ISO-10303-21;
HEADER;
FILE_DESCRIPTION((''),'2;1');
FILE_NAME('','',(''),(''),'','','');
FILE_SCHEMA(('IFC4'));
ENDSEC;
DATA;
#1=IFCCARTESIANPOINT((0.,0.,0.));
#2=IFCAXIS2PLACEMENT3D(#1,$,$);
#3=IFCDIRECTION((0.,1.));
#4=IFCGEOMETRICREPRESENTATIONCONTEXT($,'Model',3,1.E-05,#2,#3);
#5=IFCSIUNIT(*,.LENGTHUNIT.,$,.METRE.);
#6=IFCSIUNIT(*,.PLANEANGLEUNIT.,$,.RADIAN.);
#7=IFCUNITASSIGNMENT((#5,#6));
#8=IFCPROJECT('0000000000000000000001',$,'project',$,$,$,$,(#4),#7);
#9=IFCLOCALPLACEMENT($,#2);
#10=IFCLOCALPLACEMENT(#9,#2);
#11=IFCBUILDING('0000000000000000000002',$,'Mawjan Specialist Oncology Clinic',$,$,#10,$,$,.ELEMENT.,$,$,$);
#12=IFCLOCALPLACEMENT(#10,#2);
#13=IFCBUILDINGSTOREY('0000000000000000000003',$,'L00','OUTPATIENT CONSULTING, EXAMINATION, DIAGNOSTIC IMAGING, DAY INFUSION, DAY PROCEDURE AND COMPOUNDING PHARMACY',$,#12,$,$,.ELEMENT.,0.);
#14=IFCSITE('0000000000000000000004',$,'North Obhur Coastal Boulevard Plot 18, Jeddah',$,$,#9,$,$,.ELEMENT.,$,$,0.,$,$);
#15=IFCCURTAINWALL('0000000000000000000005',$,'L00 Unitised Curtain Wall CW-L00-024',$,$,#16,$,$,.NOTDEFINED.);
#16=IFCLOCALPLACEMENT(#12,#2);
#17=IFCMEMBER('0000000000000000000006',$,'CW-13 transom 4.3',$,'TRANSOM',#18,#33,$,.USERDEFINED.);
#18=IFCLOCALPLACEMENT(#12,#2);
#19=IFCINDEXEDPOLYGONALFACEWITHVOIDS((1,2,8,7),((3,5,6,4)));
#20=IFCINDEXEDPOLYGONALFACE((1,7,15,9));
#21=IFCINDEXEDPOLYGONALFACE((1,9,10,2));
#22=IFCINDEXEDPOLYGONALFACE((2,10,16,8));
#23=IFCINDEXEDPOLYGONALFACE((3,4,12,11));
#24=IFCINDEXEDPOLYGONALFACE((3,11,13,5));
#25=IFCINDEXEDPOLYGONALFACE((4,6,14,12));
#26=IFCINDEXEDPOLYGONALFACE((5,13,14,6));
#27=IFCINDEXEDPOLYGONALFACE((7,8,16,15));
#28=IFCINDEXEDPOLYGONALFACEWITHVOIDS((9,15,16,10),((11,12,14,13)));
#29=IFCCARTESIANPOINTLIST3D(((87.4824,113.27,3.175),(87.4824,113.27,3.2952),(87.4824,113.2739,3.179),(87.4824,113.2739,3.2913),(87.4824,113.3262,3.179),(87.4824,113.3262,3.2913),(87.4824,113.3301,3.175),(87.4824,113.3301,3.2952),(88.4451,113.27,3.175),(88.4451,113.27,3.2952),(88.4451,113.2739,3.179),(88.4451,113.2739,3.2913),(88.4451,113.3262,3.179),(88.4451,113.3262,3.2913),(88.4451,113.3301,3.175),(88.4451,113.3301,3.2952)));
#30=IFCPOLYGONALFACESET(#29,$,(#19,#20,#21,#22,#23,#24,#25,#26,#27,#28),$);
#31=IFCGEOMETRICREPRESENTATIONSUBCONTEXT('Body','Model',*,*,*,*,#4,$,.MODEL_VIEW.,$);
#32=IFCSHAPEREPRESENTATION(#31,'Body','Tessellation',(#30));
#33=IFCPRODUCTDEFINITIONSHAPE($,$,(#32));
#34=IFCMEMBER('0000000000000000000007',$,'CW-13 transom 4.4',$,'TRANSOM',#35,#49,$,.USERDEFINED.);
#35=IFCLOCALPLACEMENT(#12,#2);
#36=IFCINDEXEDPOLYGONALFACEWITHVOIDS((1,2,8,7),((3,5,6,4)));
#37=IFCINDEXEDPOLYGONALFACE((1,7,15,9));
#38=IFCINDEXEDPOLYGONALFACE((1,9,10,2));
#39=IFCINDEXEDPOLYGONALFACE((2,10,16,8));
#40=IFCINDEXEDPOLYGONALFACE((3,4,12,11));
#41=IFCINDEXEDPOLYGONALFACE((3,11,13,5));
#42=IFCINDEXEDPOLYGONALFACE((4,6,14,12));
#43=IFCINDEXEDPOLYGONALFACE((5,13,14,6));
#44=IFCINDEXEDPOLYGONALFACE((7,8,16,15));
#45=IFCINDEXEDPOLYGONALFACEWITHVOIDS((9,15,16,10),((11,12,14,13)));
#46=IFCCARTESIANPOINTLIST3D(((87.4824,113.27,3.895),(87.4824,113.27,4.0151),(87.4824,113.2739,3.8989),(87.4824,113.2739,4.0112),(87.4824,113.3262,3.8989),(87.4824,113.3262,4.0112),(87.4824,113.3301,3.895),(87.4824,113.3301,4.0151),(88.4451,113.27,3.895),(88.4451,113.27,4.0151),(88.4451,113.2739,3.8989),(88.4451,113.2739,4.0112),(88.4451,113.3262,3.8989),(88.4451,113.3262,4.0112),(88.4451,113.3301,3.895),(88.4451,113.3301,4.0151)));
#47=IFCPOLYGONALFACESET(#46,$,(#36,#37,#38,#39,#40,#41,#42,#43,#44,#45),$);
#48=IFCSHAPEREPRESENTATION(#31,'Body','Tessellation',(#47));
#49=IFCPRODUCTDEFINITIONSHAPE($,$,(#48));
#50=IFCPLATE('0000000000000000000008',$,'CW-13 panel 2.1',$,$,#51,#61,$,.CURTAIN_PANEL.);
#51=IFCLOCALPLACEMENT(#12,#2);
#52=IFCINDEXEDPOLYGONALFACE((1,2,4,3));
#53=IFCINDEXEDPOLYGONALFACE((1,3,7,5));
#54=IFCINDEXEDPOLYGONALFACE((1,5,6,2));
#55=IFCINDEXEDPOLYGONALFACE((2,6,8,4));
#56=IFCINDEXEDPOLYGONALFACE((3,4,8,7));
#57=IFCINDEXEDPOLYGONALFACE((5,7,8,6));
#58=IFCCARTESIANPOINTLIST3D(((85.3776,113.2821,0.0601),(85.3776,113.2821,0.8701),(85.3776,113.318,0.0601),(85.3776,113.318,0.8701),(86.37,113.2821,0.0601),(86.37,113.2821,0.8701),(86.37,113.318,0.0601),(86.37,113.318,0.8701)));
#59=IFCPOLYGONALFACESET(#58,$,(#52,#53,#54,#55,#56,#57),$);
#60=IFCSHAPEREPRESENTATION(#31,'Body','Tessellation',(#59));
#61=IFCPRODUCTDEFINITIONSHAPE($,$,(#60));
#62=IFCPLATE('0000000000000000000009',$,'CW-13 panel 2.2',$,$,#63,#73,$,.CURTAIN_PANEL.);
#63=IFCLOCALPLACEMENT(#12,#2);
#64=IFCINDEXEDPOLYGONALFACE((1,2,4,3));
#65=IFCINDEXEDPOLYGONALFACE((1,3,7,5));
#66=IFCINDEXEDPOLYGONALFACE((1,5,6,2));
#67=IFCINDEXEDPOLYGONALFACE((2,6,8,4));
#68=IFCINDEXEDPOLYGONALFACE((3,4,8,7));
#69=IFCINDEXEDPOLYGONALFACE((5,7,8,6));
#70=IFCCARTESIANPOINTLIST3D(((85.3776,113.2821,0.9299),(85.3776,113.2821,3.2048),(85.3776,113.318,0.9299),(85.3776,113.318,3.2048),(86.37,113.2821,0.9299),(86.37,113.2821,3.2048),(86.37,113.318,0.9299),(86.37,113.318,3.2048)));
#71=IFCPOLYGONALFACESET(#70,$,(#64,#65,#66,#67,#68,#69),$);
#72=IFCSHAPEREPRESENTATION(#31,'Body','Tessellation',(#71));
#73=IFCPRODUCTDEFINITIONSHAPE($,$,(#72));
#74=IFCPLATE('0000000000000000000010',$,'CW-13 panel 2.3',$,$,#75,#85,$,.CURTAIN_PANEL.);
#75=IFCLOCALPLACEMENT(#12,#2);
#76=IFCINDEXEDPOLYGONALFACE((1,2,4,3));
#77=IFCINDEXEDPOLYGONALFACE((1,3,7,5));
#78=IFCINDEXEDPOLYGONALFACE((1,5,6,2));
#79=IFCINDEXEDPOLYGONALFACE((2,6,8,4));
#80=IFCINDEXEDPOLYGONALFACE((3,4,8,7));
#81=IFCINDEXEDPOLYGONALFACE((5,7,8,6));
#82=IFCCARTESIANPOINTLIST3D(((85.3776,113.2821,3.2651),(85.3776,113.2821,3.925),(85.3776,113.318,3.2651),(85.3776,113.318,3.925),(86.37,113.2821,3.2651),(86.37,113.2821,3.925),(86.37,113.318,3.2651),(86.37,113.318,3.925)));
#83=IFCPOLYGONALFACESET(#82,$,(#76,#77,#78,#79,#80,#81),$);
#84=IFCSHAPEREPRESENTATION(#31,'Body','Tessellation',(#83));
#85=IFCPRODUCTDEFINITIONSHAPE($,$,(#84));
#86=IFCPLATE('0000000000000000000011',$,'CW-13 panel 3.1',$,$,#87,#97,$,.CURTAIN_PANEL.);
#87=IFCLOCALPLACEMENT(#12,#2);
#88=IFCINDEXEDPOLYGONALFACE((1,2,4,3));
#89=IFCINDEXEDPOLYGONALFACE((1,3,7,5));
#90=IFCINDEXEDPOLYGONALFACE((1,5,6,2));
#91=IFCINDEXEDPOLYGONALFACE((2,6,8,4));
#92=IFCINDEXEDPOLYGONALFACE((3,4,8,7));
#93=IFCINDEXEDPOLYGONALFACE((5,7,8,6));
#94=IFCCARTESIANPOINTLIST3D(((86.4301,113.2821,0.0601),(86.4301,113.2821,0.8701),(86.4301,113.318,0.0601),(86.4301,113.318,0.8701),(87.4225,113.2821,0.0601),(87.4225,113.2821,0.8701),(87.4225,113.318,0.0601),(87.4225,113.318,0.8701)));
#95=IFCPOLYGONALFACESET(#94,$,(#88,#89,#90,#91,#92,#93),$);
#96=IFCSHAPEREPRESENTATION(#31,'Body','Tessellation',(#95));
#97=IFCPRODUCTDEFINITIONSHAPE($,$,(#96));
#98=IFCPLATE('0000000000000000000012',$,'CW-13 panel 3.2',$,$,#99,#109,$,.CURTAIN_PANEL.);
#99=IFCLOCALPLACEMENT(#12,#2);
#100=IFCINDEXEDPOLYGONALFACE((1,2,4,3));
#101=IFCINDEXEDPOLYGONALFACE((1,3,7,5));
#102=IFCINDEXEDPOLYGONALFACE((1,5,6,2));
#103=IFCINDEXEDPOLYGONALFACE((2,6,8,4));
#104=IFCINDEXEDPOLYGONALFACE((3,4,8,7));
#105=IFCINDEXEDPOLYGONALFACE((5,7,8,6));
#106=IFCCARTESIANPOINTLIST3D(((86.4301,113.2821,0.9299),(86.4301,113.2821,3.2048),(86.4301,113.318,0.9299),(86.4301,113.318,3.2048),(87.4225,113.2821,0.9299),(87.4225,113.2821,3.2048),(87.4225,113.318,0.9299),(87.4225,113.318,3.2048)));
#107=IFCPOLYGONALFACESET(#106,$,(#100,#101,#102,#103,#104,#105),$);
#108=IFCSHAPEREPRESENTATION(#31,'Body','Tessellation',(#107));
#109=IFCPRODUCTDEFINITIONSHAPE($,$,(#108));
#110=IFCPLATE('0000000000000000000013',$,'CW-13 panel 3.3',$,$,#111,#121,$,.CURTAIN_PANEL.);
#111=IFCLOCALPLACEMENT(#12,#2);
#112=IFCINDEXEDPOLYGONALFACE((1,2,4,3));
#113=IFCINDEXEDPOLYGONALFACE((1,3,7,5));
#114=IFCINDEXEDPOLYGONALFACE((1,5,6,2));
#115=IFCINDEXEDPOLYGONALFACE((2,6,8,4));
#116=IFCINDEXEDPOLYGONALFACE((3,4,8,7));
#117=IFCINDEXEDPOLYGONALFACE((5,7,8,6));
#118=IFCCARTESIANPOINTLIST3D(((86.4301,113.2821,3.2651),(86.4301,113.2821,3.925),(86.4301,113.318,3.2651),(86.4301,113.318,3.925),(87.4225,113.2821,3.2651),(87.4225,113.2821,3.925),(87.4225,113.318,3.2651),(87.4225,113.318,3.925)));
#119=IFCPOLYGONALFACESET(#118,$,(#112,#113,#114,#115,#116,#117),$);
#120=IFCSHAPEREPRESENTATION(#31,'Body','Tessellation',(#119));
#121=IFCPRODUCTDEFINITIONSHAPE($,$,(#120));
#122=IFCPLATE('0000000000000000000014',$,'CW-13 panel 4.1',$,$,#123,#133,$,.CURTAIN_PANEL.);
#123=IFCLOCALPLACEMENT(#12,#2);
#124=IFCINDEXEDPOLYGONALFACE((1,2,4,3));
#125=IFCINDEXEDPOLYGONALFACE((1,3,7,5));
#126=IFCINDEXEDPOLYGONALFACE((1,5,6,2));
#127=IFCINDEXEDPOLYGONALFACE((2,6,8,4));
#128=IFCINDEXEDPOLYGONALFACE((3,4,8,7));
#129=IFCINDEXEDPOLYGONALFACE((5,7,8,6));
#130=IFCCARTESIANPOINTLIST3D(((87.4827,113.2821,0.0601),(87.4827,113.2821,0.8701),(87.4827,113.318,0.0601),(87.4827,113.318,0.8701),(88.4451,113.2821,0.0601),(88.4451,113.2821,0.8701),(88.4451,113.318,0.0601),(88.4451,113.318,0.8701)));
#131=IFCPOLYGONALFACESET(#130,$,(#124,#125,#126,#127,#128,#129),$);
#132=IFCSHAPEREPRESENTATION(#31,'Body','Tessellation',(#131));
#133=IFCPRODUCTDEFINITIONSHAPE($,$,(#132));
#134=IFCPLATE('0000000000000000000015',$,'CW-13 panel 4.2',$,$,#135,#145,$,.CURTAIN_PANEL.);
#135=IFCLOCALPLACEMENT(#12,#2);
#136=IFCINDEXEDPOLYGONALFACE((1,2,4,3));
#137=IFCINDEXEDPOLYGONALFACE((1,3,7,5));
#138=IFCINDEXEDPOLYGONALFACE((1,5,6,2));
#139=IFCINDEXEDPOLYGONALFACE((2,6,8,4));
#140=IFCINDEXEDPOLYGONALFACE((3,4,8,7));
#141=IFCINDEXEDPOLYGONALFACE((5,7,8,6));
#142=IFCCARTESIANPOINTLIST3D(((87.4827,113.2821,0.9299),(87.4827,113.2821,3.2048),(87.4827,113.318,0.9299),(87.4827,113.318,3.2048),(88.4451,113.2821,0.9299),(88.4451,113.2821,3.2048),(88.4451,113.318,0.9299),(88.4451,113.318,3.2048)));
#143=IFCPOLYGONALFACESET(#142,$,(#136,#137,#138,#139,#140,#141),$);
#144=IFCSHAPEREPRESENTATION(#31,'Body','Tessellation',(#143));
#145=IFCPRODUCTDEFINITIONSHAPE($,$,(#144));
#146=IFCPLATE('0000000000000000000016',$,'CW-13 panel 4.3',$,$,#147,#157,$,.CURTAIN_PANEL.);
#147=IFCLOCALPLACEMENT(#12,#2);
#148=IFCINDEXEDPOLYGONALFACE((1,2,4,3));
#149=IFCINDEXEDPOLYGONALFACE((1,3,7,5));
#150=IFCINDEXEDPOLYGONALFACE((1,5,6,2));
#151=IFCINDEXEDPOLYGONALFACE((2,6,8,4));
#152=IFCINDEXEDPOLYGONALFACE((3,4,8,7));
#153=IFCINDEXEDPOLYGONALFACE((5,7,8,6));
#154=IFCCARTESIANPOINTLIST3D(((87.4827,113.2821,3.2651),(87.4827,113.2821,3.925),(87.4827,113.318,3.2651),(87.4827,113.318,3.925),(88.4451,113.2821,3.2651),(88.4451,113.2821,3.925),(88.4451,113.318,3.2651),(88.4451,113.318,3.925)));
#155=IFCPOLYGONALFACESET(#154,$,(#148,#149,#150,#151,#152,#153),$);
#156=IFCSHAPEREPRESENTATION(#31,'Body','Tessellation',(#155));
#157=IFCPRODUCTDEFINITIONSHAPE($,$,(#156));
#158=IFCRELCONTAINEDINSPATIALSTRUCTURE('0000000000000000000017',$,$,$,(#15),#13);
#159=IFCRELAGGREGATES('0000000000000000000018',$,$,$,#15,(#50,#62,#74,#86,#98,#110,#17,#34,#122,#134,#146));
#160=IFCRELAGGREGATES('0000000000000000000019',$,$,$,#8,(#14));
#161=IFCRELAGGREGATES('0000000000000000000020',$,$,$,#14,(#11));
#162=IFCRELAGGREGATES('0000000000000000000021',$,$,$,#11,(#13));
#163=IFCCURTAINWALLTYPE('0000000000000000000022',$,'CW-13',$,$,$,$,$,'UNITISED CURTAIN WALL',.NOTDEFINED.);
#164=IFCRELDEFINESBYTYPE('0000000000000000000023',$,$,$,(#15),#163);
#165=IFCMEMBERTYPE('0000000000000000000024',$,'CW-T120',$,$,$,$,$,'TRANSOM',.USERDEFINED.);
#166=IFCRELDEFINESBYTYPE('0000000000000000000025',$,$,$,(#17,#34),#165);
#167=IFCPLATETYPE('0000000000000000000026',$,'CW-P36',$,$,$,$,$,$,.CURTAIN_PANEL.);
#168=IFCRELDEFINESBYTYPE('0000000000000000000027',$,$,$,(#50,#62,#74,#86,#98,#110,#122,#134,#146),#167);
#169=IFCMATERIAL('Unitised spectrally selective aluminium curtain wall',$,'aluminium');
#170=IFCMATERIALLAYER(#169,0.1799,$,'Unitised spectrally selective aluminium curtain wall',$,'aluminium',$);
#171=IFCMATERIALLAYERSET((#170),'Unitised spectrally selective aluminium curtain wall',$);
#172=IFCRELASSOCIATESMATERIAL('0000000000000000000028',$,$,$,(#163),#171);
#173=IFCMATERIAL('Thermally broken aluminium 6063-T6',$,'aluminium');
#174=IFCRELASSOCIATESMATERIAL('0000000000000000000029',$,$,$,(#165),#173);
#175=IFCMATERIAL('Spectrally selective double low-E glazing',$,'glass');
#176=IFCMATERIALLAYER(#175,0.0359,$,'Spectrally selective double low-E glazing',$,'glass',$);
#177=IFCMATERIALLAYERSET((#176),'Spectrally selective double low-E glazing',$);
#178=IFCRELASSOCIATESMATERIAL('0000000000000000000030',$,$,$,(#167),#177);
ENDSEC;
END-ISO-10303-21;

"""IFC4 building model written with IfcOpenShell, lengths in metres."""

from ifc_helpers import new_model, si_unit, direction, frame, origin, origin_2d, place, context, subcontext, project, spatial, rectangle, hollow_rectangle, extrude, material, layer, layer_set, material_profile, profile_set, type_object, element, aggregate, save


model = new_model("IFC4")

# Units and contexts
model_context = context("Model", 3, precision=1e-05, world=origin(), true_north=direction((0.0, 1.0)))
body_context = subcontext(model_context, "Body", "Model", "MODEL_VIEW")
ifc_project = project(units=[si_unit("LENGTHUNIT", "METRE"), si_unit("PLANEANGLEUNIT", "RADIAN")], contexts=[model_context])

# Site, building, storey
site_placement = place(None, origin())
site = spatial("IfcSite", under=ifc_project, at=site_placement, Name="North Obhur Coastal Boulevard Plot 18, Jeddah", CompositionType="ELEMENT", RefElevation=0.0)
building_placement = place(site_placement, origin())
building = spatial("IfcBuilding", under=site, at=building_placement, Name="Mawjan Specialist Oncology Clinic", CompositionType="ELEMENT")
storey_placement = place(building_placement, origin())
storey = spatial("IfcBuildingStorey", under=building, at=storey_placement, Name="L00", Description="OUTPATIENT CONSULTING, EXAMINATION, DIAGNOSTIC IMAGING, DAY INFUSION, DAY PROCEDURE AND COMPOUNDING PHARMACY", CompositionType="ELEMENT", Elevation=0.0)

# Curtain wall, members, plates
ifc_material_1 = material(Name="Unitised spectrally selective aluminium curtain wall", Category="aluminium")
ifc_layer_1 = layer(ifc_material_1, 0.1799, Name="Unitised spectrally selective aluminium curtain wall", Category="aluminium")
ifc_layer_set_1 = layer_set([ifc_layer_1], Name="Unitised spectrally selective aluminium curtain wall")
curtain_wall_type = type_object("IfcCurtainWallType", Name="CW-13", ElementType="UNITISED CURTAIN WALL", PredefinedType="NOTDEFINED", material=ifc_layer_set_1)
curtain_wall_placement = place(storey_placement, origin())
curtain_wall = element("IfcCurtainWall", 1, at=curtain_wall_placement, inside=storey, type_object=curtain_wall_type, Name="L00 Unitised Curtain Wall CW-L00-024", PredefinedType="NOTDEFINED")
ifc_material_2 = material(Name="Thermally broken aluminium 6063-T6", Category="aluminium")
ifc_material_profile_1 = material_profile(ifc_material_2, hollow_rectangle(XDim=0.0601, YDim=0.1201, WallThickness=0.0039, at=origin_2d()), Name="ALU TRANSOM 120x60x4", Category="aluminium")
ifc_profile_set_1 = profile_set([ifc_material_profile_1], Name="Thermally broken aluminium 6063-T6")
member_type_1 = type_object("IfcMemberType", Name="CW-T120", ElementType="TRANSOM", PredefinedType="USERDEFINED", material=ifc_profile_set_1)
member_1_placement = place(storey_placement, frame((87.4824, 113.3, 3.2351), z_axis=(1.0, 0.0, 0.0), x_axis=(0.0, 1.0, 0.0)))
member_1 = element("IfcMember", 2, at=member_1_placement, type_object=member_type_1, Name="CW-13 transom 4.3", ObjectType="TRANSOM", PredefinedType="USERDEFINED", context=body_context, shape_type="SweptSolid", body=[
    extrude(hollow_rectangle(XDim=0.0601, YDim=0.1201, WallThickness=0.0039, at=origin_2d()), origin(), (0.0, 0.0, 1.0), 0.9626),
])
member_2_placement = place(storey_placement, frame((87.4824, 113.3, 3.9551), z_axis=(1.0, 0.0, 0.0), x_axis=(0.0, 1.0, 0.0)))
member_2 = element("IfcMember", 3, at=member_2_placement, type_object=member_type_1, Name="CW-13 transom 4.4", ObjectType="TRANSOM", PredefinedType="USERDEFINED", context=body_context, shape_type="SweptSolid", body=[
    extrude(hollow_rectangle(XDim=0.0601, YDim=0.1201, WallThickness=0.0039, at=origin_2d()), origin(), (0.0, 0.0, 1.0), 0.9626),
])
ifc_material_3 = material(Name="Spectrally selective double low-E glazing", Category="glass")
ifc_layer_2 = layer(ifc_material_3, 0.0359, Name="Spectrally selective double low-E glazing", Category="glass")
ifc_layer_set_2 = layer_set([ifc_layer_2], Name="Spectrally selective double low-E glazing")
plate_type = type_object("IfcPlateType", Name="CW-P36", PredefinedType="CURTAIN_PANEL", material=ifc_layer_set_2)
plate_1_placement = place(storey_placement, frame((85.8738, 113.3, 0.0601), z_axis=(0.0, 0.0, 1.0), x_axis=(1.0, 0.0, 0.0)))
plate_1 = element("IfcPlate", 4, at=plate_1_placement, type_object=plate_type, Name="CW-13 panel 2.1", PredefinedType="CURTAIN_PANEL", context=body_context, shape_type="SweptSolid", body=[
    extrude(rectangle(XDim=0.9924, YDim=0.0359, at=origin_2d()), origin(), (0.0, 0.0, 1.0), 0.8101),
])
plate_2_placement = place(storey_placement, frame((85.8738, 113.3, 0.9299), z_axis=(0.0, 0.0, 1.0), x_axis=(1.0, 0.0, 0.0)))
plate_2 = element("IfcPlate", 5, at=plate_2_placement, type_object=plate_type, Name="CW-13 panel 2.2", PredefinedType="CURTAIN_PANEL", context=body_context, shape_type="SweptSolid", body=[
    extrude(rectangle(XDim=0.9924, YDim=0.0359, at=origin_2d()), origin(), (0.0, 0.0, 1.0), 2.2749),
])
plate_3_placement = place(storey_placement, frame((85.8738, 113.3, 3.2651), z_axis=(0.0, 0.0, 1.0), x_axis=(1.0, 0.0, 0.0)))
plate_3 = element("IfcPlate", 6, at=plate_3_placement, type_object=plate_type, Name="CW-13 panel 2.3", PredefinedType="CURTAIN_PANEL", context=body_context, shape_type="SweptSolid", body=[
    extrude(rectangle(XDim=0.9924, YDim=0.0359, at=origin_2d()), origin(), (0.0, 0.0, 1.0), 0.6599),
])
plate_4_placement = place(storey_placement, frame((86.9263, 113.3, 0.0601), z_axis=(0.0, 0.0, 1.0), x_axis=(1.0, 0.0, 0.0)))
plate_4 = element("IfcPlate", 7, at=plate_4_placement, type_object=plate_type, Name="CW-13 panel 3.1", PredefinedType="CURTAIN_PANEL", context=body_context, shape_type="SweptSolid", body=[
    extrude(rectangle(XDim=0.9924, YDim=0.0359, at=origin_2d()), origin(), (0.0, 0.0, 1.0), 0.8101),
])
plate_5_placement = place(storey_placement, frame((86.9263, 113.3, 0.9299), z_axis=(0.0, 0.0, 1.0), x_axis=(1.0, 0.0, 0.0)))
plate_5 = element("IfcPlate", 8, at=plate_5_placement, type_object=plate_type, Name="CW-13 panel 3.2", PredefinedType="CURTAIN_PANEL", context=body_context, shape_type="SweptSolid", body=[
    extrude(rectangle(XDim=0.9924, YDim=0.0359, at=origin_2d()), origin(), (0.0, 0.0, 1.0), 2.2749),
])
plate_6_placement = place(storey_placement, frame((86.9263, 113.3, 3.2651), z_axis=(0.0, 0.0, 1.0), x_axis=(1.0, 0.0, 0.0)))
plate_6 = element("IfcPlate", 9, at=plate_6_placement, type_object=plate_type, Name="CW-13 panel 3.3", PredefinedType="CURTAIN_PANEL", context=body_context, shape_type="SweptSolid", body=[
    extrude(rectangle(XDim=0.9924, YDim=0.0359, at=origin_2d()), origin(), (0.0, 0.0, 1.0), 0.6599),
])
plate_7_placement = place(storey_placement, frame((87.9639, 113.3, 0.0601), z_axis=(0.0, 0.0, 1.0), x_axis=(1.0, 0.0, 0.0)))
plate_7 = element("IfcPlate", 10, at=plate_7_placement, type_object=plate_type, Name="CW-13 panel 4.1", PredefinedType="CURTAIN_PANEL", context=body_context, shape_type="SweptSolid", body=[
    extrude(rectangle(XDim=0.9624, YDim=0.0359, at=origin_2d()), origin(), (0.0, 0.0, 1.0), 0.8101),
])
plate_8_placement = place(storey_placement, frame((87.9639, 113.3, 0.9299), z_axis=(0.0, 0.0, 1.0), x_axis=(1.0, 0.0, 0.0)))
plate_8 = element("IfcPlate", 11, at=plate_8_placement, type_object=plate_type, Name="CW-13 panel 4.2", PredefinedType="CURTAIN_PANEL", context=body_context, shape_type="SweptSolid", body=[
    extrude(rectangle(XDim=0.9624, YDim=0.0359, at=origin_2d()), origin(), (0.0, 0.0, 1.0), 2.2749),
])
plate_9_placement = place(storey_placement, frame((87.9639, 113.3, 3.2651), z_axis=(0.0, 0.0, 1.0), x_axis=(1.0, 0.0, 0.0)))
plate_9 = element("IfcPlate", 12, at=plate_9_placement, type_object=plate_type, Name="CW-13 panel 4.3", PredefinedType="CURTAIN_PANEL", context=body_context, shape_type="SweptSolid", body=[
    extrude(rectangle(XDim=0.9624, YDim=0.0359, at=origin_2d()), origin(), (0.0, 0.0, 1.0), 0.6599),
])
aggregate(curtain_wall, [plate_1, plate_2, plate_3, plate_4, plate_5, plate_6, member_1, member_2, plate_7, plate_8, plate_9])

save(model, "model.ifc")
